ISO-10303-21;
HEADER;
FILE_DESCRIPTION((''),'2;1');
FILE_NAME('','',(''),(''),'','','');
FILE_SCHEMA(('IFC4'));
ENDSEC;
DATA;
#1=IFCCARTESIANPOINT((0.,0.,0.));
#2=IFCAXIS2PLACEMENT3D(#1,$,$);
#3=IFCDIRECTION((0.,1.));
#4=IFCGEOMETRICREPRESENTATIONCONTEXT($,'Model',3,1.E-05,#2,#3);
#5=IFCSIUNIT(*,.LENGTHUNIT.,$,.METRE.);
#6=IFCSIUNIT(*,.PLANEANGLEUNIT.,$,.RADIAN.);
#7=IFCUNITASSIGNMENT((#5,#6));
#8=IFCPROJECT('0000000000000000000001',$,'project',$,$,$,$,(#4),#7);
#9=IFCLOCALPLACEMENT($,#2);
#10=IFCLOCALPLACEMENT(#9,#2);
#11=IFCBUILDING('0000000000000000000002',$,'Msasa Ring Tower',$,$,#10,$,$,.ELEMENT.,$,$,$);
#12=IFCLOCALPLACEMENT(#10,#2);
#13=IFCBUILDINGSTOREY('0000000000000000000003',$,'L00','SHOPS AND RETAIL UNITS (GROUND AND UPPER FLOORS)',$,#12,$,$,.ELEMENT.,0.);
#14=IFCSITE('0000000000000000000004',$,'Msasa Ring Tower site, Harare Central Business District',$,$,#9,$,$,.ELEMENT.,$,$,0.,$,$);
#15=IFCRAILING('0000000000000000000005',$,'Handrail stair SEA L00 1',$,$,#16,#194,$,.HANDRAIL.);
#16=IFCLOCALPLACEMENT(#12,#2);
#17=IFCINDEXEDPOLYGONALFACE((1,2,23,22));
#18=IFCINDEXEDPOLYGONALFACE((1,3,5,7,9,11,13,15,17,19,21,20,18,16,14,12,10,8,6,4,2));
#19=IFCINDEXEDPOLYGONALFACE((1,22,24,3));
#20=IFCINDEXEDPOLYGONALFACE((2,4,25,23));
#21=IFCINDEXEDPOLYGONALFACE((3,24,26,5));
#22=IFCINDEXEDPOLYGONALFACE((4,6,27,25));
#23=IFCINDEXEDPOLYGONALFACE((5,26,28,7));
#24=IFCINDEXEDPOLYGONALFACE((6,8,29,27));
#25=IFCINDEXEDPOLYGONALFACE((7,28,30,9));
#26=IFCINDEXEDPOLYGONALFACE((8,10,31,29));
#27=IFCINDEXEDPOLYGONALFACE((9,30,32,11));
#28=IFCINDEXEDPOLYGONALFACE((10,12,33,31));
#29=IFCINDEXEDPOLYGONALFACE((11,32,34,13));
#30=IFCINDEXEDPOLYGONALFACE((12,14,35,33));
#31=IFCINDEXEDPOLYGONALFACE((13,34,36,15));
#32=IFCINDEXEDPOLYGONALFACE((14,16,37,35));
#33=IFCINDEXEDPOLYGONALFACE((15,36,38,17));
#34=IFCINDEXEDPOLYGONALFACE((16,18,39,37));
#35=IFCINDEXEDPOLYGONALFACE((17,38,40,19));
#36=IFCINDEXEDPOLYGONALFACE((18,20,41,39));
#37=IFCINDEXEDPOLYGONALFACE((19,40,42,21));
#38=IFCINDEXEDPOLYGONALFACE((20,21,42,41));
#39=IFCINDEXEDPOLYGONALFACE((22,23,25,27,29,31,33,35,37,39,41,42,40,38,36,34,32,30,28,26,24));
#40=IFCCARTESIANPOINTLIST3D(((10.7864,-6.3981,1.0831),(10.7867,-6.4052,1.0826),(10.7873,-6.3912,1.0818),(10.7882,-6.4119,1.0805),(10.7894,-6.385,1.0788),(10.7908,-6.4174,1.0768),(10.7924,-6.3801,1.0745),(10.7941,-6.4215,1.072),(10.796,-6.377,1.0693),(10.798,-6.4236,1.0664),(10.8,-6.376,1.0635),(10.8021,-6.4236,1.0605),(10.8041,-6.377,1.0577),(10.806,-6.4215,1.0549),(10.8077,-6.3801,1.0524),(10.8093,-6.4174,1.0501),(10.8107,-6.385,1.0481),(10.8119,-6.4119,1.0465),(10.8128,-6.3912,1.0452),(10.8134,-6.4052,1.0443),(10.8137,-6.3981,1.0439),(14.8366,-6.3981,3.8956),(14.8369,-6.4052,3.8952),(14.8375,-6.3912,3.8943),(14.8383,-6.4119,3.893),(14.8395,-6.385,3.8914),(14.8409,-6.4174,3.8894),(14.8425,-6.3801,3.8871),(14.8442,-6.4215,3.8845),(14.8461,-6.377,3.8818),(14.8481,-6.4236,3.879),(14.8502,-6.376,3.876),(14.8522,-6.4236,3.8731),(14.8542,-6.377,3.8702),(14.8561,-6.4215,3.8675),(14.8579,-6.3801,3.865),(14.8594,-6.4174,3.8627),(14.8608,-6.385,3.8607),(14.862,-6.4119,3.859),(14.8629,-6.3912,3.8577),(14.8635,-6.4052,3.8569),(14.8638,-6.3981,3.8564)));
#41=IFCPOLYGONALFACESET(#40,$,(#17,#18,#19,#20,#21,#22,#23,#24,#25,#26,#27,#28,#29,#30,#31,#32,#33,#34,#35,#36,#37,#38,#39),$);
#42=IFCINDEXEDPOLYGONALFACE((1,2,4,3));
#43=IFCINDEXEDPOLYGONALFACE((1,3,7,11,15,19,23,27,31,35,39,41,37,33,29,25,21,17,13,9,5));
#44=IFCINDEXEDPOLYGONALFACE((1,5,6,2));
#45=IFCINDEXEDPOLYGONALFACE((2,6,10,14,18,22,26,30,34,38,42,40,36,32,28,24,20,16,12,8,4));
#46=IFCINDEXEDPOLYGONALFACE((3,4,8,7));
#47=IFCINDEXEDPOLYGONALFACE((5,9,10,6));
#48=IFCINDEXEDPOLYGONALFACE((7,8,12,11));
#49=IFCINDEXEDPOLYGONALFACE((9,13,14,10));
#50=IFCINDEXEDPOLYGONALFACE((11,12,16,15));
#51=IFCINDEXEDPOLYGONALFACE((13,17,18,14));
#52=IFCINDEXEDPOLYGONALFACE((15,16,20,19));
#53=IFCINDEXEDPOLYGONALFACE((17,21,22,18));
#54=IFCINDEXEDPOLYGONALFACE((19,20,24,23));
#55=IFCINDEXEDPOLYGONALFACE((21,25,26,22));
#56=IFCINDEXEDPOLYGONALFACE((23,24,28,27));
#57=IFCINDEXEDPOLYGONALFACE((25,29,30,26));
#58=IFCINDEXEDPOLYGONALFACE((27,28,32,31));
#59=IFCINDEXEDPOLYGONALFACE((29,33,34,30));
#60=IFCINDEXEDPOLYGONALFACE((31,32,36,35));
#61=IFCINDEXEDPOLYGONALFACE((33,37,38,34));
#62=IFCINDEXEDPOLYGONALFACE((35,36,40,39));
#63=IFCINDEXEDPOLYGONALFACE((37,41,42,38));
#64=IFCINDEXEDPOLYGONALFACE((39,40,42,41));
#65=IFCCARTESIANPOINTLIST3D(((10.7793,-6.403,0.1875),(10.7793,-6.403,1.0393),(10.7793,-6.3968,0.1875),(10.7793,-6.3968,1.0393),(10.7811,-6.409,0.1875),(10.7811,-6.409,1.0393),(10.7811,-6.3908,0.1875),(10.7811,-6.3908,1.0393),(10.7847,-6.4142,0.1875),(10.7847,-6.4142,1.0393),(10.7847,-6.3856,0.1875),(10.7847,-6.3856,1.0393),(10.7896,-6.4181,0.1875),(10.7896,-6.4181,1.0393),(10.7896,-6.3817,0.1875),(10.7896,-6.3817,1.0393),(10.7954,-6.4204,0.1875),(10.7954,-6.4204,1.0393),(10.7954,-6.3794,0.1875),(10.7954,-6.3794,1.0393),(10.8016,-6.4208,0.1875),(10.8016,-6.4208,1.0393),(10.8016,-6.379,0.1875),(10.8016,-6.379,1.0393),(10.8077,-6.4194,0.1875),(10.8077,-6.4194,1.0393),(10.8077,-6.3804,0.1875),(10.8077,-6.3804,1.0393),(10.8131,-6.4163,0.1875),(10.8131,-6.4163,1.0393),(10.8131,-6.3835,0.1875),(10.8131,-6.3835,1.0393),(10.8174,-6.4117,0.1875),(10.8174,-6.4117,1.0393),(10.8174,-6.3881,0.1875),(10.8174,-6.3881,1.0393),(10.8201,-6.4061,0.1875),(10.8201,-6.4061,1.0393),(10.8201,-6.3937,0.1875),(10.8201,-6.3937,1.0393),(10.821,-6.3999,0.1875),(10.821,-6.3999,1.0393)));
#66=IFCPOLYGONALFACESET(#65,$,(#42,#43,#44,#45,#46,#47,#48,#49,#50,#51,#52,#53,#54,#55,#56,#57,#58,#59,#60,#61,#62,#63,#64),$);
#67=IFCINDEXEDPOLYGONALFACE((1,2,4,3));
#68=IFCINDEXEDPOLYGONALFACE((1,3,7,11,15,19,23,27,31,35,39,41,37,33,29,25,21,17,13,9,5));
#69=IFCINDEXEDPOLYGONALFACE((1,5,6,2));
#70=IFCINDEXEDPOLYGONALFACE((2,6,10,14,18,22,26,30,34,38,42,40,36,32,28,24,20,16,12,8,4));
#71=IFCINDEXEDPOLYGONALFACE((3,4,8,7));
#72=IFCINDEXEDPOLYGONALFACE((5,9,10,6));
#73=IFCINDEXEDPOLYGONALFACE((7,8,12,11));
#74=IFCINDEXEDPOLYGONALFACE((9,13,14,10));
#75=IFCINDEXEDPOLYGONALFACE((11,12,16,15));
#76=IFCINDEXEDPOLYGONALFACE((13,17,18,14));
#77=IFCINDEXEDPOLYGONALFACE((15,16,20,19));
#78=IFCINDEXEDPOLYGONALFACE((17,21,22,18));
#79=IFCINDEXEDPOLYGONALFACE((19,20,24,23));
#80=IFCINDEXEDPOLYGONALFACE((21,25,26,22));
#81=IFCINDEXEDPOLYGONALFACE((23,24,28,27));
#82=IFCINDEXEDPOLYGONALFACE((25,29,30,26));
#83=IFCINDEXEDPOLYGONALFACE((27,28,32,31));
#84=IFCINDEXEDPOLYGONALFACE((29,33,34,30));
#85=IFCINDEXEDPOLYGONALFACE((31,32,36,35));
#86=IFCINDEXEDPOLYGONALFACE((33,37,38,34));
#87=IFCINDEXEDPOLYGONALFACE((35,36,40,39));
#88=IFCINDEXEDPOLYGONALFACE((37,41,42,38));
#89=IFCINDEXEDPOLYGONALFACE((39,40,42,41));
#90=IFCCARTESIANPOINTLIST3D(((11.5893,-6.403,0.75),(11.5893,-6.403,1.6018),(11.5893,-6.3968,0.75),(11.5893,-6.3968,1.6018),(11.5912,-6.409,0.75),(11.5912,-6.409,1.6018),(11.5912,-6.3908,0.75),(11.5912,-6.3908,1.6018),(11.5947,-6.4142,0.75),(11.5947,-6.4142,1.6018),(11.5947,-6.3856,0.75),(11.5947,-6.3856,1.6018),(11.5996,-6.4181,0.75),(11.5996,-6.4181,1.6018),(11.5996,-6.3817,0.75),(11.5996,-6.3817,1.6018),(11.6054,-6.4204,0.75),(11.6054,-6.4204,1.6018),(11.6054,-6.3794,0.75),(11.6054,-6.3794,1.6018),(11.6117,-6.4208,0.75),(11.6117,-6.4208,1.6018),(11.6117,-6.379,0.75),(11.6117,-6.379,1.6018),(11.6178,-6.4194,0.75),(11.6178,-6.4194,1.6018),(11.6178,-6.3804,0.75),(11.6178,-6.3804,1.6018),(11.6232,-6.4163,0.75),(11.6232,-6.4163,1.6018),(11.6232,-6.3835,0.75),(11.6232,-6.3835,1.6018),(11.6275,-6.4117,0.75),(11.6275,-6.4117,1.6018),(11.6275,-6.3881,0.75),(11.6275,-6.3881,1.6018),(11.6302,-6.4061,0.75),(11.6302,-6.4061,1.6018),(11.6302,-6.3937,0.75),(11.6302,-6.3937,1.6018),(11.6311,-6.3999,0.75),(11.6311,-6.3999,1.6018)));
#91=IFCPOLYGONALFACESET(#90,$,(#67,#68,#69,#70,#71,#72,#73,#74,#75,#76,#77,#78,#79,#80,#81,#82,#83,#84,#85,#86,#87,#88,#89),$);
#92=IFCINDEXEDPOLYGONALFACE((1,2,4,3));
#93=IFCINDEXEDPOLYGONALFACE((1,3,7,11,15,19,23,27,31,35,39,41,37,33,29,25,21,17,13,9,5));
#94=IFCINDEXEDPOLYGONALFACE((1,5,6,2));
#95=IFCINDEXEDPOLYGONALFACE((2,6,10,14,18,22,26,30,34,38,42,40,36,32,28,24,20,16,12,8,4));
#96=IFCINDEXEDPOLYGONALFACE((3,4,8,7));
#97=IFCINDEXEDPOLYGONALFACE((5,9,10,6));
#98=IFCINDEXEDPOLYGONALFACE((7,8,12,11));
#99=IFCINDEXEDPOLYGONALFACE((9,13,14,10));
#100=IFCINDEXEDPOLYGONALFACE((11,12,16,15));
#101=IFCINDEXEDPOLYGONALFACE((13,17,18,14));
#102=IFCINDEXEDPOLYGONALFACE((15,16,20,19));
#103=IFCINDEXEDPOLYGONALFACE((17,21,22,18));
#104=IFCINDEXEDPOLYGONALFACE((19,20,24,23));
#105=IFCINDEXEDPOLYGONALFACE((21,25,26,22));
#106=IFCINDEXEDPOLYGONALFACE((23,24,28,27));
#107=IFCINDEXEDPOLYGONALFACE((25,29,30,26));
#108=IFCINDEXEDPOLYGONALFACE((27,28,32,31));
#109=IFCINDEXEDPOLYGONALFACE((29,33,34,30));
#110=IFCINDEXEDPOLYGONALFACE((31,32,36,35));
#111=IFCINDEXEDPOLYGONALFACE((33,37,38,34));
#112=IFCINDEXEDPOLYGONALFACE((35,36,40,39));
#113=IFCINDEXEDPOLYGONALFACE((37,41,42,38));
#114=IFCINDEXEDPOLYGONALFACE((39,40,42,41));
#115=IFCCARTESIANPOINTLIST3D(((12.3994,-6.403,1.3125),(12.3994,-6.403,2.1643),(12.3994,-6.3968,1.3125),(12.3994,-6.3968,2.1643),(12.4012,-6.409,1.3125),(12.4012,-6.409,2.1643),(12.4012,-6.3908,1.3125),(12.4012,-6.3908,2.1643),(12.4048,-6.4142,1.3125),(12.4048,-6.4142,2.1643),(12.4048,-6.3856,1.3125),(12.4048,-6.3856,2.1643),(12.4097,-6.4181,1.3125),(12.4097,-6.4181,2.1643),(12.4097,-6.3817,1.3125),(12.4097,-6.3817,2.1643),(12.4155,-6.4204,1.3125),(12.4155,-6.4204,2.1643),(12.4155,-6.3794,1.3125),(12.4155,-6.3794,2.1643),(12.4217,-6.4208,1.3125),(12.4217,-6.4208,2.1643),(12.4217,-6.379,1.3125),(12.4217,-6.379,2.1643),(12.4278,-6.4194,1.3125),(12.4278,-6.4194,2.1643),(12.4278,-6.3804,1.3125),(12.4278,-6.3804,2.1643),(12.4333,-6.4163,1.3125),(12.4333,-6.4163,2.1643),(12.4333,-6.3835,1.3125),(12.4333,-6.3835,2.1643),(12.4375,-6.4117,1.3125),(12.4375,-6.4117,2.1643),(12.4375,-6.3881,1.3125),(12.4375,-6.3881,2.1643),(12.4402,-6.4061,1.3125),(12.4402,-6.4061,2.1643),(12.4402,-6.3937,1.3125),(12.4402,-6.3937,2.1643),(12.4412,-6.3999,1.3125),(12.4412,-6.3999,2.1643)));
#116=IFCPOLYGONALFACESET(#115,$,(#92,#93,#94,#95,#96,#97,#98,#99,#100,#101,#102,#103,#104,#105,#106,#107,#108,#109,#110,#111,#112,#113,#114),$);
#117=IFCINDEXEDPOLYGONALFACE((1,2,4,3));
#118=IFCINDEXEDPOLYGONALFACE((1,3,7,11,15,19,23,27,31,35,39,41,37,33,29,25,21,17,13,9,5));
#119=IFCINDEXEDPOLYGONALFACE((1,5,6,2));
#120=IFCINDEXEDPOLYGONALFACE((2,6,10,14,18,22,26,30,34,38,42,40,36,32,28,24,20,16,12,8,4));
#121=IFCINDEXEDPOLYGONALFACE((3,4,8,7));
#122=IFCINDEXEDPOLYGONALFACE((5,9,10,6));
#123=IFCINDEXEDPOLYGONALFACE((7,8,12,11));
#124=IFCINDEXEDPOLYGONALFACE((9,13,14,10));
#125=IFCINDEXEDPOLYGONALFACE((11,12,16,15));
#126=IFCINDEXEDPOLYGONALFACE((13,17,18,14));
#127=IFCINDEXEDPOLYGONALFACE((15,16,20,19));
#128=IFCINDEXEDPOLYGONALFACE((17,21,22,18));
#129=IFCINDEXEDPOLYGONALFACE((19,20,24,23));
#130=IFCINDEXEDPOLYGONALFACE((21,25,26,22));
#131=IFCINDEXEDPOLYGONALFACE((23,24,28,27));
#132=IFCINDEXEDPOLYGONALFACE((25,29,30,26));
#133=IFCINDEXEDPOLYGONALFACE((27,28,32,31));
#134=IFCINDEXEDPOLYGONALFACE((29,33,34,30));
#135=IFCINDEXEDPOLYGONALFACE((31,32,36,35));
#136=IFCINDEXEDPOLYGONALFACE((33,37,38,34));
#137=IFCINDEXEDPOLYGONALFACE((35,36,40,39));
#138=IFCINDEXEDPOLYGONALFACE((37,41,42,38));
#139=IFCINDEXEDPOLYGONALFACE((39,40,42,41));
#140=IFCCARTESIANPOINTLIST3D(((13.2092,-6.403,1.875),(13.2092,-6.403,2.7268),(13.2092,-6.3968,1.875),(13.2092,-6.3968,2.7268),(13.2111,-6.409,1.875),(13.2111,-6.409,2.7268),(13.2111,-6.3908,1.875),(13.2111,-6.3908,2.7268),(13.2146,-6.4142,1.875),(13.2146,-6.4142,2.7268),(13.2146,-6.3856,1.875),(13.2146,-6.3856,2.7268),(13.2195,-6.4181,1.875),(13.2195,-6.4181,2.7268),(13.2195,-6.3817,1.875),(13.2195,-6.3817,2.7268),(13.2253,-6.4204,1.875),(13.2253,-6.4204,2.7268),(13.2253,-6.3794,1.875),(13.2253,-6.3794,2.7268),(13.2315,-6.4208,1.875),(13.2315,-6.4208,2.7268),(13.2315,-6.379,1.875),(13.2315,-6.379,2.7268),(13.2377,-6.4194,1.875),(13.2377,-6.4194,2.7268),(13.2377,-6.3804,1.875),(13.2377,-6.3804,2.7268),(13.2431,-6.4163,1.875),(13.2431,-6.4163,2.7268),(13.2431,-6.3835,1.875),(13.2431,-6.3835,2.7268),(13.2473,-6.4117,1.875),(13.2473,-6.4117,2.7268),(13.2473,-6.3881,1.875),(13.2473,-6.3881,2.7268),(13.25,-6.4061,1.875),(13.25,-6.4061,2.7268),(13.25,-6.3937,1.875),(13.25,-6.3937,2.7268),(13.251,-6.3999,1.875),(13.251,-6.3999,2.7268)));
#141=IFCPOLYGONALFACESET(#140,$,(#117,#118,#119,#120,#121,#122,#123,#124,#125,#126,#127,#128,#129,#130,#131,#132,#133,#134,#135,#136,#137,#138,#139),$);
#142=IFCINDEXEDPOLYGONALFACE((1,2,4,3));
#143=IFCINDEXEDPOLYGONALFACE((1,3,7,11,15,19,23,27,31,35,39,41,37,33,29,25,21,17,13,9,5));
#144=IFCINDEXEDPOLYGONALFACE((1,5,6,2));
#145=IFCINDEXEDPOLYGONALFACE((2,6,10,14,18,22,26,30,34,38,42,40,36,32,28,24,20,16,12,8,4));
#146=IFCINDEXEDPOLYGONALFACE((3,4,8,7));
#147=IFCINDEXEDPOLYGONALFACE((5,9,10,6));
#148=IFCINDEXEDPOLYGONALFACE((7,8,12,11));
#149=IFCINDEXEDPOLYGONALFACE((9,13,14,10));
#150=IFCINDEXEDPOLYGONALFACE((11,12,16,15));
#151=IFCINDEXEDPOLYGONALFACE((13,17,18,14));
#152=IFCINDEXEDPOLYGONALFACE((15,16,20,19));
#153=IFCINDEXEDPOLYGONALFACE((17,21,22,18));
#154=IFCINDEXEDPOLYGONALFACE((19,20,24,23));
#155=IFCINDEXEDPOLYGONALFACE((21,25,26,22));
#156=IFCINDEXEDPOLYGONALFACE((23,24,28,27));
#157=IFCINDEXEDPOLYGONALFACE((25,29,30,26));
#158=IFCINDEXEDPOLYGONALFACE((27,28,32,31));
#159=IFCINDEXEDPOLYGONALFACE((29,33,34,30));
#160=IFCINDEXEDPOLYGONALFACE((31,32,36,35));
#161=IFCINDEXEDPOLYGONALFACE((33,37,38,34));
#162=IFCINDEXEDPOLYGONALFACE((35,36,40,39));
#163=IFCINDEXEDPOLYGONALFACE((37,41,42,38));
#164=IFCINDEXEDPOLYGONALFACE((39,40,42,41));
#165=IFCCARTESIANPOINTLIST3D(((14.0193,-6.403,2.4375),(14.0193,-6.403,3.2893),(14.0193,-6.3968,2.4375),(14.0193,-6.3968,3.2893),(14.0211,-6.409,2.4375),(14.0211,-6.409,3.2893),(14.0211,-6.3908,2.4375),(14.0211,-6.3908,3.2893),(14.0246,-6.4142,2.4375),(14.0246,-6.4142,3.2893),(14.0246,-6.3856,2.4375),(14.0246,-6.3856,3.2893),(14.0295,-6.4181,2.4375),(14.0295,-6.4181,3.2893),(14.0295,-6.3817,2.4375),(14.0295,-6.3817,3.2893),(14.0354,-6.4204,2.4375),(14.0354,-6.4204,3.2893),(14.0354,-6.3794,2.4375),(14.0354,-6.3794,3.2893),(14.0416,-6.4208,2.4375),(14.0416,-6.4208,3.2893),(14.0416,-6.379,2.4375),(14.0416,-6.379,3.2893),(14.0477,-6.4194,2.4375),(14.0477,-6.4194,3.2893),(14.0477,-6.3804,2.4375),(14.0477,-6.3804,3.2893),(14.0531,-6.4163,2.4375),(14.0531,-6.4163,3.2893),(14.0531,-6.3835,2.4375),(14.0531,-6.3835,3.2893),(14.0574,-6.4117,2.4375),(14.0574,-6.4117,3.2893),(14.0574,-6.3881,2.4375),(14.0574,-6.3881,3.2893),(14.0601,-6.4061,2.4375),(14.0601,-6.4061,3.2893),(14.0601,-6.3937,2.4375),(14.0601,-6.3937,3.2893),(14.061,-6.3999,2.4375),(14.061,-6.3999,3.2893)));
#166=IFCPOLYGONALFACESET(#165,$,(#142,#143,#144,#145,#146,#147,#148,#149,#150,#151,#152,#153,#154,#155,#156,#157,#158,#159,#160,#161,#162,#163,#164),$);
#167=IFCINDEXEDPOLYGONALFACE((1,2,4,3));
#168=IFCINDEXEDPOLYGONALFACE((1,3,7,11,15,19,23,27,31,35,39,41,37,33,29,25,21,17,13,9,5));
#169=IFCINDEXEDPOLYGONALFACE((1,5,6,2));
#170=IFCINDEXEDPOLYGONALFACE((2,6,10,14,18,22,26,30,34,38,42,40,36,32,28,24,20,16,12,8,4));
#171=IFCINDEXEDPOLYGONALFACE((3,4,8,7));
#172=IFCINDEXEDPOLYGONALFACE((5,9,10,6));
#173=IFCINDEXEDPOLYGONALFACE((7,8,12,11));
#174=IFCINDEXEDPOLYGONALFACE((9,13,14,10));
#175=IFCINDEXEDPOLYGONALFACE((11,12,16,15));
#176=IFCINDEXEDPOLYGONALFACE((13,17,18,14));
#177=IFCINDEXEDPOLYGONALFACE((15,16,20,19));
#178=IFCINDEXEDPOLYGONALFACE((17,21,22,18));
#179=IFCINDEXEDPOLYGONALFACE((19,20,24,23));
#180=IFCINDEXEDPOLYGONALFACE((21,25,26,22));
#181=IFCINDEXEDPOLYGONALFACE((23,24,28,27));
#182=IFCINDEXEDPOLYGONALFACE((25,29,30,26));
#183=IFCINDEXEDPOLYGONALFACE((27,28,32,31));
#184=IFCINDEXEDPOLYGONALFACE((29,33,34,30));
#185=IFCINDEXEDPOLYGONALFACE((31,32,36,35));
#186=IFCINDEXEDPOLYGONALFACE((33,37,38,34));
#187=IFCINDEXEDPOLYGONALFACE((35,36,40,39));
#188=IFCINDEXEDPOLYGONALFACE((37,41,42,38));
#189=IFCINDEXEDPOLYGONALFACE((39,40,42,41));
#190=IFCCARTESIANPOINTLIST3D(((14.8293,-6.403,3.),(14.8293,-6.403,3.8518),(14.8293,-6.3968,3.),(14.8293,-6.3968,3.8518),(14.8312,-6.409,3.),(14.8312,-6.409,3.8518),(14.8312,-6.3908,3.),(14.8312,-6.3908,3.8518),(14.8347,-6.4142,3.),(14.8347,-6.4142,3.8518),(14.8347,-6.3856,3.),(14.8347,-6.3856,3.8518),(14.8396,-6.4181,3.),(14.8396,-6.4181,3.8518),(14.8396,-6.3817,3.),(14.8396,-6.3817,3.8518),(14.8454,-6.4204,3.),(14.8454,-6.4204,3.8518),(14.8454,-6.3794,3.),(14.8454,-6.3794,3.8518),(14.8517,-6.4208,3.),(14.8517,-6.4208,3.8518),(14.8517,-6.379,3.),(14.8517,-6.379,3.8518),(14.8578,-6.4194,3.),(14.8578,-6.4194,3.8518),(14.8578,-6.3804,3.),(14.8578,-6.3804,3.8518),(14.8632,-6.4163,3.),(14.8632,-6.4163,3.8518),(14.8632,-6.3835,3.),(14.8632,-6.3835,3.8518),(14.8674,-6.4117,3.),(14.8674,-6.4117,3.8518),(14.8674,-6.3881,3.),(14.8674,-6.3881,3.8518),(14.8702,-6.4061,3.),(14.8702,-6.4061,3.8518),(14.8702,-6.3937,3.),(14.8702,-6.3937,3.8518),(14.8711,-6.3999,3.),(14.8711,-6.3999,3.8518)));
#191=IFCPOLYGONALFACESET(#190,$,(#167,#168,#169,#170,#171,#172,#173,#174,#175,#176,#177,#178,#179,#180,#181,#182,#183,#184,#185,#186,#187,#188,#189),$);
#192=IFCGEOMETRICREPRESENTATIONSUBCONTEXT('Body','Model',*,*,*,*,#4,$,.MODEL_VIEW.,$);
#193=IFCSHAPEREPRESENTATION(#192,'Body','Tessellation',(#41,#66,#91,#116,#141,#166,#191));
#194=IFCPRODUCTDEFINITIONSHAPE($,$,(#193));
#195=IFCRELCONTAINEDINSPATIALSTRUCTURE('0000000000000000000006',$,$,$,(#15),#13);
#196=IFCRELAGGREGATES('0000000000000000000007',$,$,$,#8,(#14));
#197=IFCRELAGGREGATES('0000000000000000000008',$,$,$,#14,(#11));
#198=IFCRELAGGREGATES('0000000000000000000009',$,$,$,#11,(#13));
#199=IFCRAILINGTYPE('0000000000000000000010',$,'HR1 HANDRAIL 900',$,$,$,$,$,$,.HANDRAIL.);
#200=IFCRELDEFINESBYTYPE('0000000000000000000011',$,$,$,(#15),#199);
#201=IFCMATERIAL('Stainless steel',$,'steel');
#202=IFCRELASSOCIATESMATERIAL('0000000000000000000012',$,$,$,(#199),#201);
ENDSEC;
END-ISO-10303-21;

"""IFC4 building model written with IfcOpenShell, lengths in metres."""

from ifc_helpers import new_model, si_unit, direction, frame, origin, origin_2d, place, context, subcontext, project, spatial, circle, extrude, material, type_object, element, save


model = new_model("IFC4")

# Units and contexts
model_context = context("Model", 3, precision=1e-05, world=origin(), true_north=direction((0.0, 1.0)))
body_context = subcontext(model_context, "Body", "Model", "MODEL_VIEW")
ifc_project = project(units=[si_unit("LENGTHUNIT", "METRE"), si_unit("PLANEANGLEUNIT", "RADIAN")], contexts=[model_context])

# Site, building, storey
site_placement = place(None, origin())
site = spatial("IfcSite", under=ifc_project, at=site_placement, Name="Msasa Ring Tower site, Harare Central Business District", CompositionType="ELEMENT", RefElevation=0.0)
building_placement = place(site_placement, origin())
building = spatial("IfcBuilding", under=site, at=building_placement, Name="Msasa Ring Tower", CompositionType="ELEMENT")
storey_placement = place(building_placement, origin())
storey = spatial("IfcBuildingStorey", under=building, at=storey_placement, Name="L00", Description="SHOPS AND RETAIL UNITS (GROUND AND UPPER FLOORS)", CompositionType="ELEMENT", Elevation=0.0)

# Railing
ifc_material_1 = material(Name="Stainless steel", Category="steel")
railing_type = type_object("IfcRailingType", Name="HR1 HANDRAIL 900", PredefinedType="HANDRAIL", material=ifc_material_1)
for number, where, name in (
    (1, (10.8, -6.3999, 0.1875), "Handrail stair SEA L00 1"),
):
    element("IfcRailing", number, at=place(storey_placement, frame(where)), inside=storey, type_object=railing_type, Name=name, PredefinedType="HANDRAIL", context=body_context, shape_type="SweptSolid", body=[
        extrude(circle(Radius=0.0239, at=origin_2d()), frame((0.0, 0.0, 0.876), z_axis=(0.821373, 0.0, 0.570391), x_axis=(0.0, 1.0, 0.0)), (0.0, 0.0, 1.0), 4.9309),
        extrude(circle(Radius=0.021, at=origin_2d()), origin(), (0.0, 0.0, 1.0), 0.8518),
        extrude(circle(Radius=0.021, at=origin_2d()), frame((0.8101, 0.0, 0.5625)), (0.0, 0.0, 1.0), 0.8518),
        extrude(circle(Radius=0.021, at=origin_2d()), frame((1.6201, 0.0, 1.125)), (0.0, 0.0, 1.0), 0.8518),
        extrude(circle(Radius=0.021, at=origin_2d()), frame((2.4299, 0.0, 1.6875)), (0.0, 0.0, 1.0), 0.8518),
        extrude(circle(Radius=0.021, at=origin_2d()), frame((3.24, 0.0, 2.25)), (0.0, 0.0, 1.0), 0.8518),
        extrude(circle(Radius=0.021, at=origin_2d()), frame((4.05, 0.0, 2.8125)), (0.0, 0.0, 1.0), 0.8518),
    ])

save(model, "model.ifc")
